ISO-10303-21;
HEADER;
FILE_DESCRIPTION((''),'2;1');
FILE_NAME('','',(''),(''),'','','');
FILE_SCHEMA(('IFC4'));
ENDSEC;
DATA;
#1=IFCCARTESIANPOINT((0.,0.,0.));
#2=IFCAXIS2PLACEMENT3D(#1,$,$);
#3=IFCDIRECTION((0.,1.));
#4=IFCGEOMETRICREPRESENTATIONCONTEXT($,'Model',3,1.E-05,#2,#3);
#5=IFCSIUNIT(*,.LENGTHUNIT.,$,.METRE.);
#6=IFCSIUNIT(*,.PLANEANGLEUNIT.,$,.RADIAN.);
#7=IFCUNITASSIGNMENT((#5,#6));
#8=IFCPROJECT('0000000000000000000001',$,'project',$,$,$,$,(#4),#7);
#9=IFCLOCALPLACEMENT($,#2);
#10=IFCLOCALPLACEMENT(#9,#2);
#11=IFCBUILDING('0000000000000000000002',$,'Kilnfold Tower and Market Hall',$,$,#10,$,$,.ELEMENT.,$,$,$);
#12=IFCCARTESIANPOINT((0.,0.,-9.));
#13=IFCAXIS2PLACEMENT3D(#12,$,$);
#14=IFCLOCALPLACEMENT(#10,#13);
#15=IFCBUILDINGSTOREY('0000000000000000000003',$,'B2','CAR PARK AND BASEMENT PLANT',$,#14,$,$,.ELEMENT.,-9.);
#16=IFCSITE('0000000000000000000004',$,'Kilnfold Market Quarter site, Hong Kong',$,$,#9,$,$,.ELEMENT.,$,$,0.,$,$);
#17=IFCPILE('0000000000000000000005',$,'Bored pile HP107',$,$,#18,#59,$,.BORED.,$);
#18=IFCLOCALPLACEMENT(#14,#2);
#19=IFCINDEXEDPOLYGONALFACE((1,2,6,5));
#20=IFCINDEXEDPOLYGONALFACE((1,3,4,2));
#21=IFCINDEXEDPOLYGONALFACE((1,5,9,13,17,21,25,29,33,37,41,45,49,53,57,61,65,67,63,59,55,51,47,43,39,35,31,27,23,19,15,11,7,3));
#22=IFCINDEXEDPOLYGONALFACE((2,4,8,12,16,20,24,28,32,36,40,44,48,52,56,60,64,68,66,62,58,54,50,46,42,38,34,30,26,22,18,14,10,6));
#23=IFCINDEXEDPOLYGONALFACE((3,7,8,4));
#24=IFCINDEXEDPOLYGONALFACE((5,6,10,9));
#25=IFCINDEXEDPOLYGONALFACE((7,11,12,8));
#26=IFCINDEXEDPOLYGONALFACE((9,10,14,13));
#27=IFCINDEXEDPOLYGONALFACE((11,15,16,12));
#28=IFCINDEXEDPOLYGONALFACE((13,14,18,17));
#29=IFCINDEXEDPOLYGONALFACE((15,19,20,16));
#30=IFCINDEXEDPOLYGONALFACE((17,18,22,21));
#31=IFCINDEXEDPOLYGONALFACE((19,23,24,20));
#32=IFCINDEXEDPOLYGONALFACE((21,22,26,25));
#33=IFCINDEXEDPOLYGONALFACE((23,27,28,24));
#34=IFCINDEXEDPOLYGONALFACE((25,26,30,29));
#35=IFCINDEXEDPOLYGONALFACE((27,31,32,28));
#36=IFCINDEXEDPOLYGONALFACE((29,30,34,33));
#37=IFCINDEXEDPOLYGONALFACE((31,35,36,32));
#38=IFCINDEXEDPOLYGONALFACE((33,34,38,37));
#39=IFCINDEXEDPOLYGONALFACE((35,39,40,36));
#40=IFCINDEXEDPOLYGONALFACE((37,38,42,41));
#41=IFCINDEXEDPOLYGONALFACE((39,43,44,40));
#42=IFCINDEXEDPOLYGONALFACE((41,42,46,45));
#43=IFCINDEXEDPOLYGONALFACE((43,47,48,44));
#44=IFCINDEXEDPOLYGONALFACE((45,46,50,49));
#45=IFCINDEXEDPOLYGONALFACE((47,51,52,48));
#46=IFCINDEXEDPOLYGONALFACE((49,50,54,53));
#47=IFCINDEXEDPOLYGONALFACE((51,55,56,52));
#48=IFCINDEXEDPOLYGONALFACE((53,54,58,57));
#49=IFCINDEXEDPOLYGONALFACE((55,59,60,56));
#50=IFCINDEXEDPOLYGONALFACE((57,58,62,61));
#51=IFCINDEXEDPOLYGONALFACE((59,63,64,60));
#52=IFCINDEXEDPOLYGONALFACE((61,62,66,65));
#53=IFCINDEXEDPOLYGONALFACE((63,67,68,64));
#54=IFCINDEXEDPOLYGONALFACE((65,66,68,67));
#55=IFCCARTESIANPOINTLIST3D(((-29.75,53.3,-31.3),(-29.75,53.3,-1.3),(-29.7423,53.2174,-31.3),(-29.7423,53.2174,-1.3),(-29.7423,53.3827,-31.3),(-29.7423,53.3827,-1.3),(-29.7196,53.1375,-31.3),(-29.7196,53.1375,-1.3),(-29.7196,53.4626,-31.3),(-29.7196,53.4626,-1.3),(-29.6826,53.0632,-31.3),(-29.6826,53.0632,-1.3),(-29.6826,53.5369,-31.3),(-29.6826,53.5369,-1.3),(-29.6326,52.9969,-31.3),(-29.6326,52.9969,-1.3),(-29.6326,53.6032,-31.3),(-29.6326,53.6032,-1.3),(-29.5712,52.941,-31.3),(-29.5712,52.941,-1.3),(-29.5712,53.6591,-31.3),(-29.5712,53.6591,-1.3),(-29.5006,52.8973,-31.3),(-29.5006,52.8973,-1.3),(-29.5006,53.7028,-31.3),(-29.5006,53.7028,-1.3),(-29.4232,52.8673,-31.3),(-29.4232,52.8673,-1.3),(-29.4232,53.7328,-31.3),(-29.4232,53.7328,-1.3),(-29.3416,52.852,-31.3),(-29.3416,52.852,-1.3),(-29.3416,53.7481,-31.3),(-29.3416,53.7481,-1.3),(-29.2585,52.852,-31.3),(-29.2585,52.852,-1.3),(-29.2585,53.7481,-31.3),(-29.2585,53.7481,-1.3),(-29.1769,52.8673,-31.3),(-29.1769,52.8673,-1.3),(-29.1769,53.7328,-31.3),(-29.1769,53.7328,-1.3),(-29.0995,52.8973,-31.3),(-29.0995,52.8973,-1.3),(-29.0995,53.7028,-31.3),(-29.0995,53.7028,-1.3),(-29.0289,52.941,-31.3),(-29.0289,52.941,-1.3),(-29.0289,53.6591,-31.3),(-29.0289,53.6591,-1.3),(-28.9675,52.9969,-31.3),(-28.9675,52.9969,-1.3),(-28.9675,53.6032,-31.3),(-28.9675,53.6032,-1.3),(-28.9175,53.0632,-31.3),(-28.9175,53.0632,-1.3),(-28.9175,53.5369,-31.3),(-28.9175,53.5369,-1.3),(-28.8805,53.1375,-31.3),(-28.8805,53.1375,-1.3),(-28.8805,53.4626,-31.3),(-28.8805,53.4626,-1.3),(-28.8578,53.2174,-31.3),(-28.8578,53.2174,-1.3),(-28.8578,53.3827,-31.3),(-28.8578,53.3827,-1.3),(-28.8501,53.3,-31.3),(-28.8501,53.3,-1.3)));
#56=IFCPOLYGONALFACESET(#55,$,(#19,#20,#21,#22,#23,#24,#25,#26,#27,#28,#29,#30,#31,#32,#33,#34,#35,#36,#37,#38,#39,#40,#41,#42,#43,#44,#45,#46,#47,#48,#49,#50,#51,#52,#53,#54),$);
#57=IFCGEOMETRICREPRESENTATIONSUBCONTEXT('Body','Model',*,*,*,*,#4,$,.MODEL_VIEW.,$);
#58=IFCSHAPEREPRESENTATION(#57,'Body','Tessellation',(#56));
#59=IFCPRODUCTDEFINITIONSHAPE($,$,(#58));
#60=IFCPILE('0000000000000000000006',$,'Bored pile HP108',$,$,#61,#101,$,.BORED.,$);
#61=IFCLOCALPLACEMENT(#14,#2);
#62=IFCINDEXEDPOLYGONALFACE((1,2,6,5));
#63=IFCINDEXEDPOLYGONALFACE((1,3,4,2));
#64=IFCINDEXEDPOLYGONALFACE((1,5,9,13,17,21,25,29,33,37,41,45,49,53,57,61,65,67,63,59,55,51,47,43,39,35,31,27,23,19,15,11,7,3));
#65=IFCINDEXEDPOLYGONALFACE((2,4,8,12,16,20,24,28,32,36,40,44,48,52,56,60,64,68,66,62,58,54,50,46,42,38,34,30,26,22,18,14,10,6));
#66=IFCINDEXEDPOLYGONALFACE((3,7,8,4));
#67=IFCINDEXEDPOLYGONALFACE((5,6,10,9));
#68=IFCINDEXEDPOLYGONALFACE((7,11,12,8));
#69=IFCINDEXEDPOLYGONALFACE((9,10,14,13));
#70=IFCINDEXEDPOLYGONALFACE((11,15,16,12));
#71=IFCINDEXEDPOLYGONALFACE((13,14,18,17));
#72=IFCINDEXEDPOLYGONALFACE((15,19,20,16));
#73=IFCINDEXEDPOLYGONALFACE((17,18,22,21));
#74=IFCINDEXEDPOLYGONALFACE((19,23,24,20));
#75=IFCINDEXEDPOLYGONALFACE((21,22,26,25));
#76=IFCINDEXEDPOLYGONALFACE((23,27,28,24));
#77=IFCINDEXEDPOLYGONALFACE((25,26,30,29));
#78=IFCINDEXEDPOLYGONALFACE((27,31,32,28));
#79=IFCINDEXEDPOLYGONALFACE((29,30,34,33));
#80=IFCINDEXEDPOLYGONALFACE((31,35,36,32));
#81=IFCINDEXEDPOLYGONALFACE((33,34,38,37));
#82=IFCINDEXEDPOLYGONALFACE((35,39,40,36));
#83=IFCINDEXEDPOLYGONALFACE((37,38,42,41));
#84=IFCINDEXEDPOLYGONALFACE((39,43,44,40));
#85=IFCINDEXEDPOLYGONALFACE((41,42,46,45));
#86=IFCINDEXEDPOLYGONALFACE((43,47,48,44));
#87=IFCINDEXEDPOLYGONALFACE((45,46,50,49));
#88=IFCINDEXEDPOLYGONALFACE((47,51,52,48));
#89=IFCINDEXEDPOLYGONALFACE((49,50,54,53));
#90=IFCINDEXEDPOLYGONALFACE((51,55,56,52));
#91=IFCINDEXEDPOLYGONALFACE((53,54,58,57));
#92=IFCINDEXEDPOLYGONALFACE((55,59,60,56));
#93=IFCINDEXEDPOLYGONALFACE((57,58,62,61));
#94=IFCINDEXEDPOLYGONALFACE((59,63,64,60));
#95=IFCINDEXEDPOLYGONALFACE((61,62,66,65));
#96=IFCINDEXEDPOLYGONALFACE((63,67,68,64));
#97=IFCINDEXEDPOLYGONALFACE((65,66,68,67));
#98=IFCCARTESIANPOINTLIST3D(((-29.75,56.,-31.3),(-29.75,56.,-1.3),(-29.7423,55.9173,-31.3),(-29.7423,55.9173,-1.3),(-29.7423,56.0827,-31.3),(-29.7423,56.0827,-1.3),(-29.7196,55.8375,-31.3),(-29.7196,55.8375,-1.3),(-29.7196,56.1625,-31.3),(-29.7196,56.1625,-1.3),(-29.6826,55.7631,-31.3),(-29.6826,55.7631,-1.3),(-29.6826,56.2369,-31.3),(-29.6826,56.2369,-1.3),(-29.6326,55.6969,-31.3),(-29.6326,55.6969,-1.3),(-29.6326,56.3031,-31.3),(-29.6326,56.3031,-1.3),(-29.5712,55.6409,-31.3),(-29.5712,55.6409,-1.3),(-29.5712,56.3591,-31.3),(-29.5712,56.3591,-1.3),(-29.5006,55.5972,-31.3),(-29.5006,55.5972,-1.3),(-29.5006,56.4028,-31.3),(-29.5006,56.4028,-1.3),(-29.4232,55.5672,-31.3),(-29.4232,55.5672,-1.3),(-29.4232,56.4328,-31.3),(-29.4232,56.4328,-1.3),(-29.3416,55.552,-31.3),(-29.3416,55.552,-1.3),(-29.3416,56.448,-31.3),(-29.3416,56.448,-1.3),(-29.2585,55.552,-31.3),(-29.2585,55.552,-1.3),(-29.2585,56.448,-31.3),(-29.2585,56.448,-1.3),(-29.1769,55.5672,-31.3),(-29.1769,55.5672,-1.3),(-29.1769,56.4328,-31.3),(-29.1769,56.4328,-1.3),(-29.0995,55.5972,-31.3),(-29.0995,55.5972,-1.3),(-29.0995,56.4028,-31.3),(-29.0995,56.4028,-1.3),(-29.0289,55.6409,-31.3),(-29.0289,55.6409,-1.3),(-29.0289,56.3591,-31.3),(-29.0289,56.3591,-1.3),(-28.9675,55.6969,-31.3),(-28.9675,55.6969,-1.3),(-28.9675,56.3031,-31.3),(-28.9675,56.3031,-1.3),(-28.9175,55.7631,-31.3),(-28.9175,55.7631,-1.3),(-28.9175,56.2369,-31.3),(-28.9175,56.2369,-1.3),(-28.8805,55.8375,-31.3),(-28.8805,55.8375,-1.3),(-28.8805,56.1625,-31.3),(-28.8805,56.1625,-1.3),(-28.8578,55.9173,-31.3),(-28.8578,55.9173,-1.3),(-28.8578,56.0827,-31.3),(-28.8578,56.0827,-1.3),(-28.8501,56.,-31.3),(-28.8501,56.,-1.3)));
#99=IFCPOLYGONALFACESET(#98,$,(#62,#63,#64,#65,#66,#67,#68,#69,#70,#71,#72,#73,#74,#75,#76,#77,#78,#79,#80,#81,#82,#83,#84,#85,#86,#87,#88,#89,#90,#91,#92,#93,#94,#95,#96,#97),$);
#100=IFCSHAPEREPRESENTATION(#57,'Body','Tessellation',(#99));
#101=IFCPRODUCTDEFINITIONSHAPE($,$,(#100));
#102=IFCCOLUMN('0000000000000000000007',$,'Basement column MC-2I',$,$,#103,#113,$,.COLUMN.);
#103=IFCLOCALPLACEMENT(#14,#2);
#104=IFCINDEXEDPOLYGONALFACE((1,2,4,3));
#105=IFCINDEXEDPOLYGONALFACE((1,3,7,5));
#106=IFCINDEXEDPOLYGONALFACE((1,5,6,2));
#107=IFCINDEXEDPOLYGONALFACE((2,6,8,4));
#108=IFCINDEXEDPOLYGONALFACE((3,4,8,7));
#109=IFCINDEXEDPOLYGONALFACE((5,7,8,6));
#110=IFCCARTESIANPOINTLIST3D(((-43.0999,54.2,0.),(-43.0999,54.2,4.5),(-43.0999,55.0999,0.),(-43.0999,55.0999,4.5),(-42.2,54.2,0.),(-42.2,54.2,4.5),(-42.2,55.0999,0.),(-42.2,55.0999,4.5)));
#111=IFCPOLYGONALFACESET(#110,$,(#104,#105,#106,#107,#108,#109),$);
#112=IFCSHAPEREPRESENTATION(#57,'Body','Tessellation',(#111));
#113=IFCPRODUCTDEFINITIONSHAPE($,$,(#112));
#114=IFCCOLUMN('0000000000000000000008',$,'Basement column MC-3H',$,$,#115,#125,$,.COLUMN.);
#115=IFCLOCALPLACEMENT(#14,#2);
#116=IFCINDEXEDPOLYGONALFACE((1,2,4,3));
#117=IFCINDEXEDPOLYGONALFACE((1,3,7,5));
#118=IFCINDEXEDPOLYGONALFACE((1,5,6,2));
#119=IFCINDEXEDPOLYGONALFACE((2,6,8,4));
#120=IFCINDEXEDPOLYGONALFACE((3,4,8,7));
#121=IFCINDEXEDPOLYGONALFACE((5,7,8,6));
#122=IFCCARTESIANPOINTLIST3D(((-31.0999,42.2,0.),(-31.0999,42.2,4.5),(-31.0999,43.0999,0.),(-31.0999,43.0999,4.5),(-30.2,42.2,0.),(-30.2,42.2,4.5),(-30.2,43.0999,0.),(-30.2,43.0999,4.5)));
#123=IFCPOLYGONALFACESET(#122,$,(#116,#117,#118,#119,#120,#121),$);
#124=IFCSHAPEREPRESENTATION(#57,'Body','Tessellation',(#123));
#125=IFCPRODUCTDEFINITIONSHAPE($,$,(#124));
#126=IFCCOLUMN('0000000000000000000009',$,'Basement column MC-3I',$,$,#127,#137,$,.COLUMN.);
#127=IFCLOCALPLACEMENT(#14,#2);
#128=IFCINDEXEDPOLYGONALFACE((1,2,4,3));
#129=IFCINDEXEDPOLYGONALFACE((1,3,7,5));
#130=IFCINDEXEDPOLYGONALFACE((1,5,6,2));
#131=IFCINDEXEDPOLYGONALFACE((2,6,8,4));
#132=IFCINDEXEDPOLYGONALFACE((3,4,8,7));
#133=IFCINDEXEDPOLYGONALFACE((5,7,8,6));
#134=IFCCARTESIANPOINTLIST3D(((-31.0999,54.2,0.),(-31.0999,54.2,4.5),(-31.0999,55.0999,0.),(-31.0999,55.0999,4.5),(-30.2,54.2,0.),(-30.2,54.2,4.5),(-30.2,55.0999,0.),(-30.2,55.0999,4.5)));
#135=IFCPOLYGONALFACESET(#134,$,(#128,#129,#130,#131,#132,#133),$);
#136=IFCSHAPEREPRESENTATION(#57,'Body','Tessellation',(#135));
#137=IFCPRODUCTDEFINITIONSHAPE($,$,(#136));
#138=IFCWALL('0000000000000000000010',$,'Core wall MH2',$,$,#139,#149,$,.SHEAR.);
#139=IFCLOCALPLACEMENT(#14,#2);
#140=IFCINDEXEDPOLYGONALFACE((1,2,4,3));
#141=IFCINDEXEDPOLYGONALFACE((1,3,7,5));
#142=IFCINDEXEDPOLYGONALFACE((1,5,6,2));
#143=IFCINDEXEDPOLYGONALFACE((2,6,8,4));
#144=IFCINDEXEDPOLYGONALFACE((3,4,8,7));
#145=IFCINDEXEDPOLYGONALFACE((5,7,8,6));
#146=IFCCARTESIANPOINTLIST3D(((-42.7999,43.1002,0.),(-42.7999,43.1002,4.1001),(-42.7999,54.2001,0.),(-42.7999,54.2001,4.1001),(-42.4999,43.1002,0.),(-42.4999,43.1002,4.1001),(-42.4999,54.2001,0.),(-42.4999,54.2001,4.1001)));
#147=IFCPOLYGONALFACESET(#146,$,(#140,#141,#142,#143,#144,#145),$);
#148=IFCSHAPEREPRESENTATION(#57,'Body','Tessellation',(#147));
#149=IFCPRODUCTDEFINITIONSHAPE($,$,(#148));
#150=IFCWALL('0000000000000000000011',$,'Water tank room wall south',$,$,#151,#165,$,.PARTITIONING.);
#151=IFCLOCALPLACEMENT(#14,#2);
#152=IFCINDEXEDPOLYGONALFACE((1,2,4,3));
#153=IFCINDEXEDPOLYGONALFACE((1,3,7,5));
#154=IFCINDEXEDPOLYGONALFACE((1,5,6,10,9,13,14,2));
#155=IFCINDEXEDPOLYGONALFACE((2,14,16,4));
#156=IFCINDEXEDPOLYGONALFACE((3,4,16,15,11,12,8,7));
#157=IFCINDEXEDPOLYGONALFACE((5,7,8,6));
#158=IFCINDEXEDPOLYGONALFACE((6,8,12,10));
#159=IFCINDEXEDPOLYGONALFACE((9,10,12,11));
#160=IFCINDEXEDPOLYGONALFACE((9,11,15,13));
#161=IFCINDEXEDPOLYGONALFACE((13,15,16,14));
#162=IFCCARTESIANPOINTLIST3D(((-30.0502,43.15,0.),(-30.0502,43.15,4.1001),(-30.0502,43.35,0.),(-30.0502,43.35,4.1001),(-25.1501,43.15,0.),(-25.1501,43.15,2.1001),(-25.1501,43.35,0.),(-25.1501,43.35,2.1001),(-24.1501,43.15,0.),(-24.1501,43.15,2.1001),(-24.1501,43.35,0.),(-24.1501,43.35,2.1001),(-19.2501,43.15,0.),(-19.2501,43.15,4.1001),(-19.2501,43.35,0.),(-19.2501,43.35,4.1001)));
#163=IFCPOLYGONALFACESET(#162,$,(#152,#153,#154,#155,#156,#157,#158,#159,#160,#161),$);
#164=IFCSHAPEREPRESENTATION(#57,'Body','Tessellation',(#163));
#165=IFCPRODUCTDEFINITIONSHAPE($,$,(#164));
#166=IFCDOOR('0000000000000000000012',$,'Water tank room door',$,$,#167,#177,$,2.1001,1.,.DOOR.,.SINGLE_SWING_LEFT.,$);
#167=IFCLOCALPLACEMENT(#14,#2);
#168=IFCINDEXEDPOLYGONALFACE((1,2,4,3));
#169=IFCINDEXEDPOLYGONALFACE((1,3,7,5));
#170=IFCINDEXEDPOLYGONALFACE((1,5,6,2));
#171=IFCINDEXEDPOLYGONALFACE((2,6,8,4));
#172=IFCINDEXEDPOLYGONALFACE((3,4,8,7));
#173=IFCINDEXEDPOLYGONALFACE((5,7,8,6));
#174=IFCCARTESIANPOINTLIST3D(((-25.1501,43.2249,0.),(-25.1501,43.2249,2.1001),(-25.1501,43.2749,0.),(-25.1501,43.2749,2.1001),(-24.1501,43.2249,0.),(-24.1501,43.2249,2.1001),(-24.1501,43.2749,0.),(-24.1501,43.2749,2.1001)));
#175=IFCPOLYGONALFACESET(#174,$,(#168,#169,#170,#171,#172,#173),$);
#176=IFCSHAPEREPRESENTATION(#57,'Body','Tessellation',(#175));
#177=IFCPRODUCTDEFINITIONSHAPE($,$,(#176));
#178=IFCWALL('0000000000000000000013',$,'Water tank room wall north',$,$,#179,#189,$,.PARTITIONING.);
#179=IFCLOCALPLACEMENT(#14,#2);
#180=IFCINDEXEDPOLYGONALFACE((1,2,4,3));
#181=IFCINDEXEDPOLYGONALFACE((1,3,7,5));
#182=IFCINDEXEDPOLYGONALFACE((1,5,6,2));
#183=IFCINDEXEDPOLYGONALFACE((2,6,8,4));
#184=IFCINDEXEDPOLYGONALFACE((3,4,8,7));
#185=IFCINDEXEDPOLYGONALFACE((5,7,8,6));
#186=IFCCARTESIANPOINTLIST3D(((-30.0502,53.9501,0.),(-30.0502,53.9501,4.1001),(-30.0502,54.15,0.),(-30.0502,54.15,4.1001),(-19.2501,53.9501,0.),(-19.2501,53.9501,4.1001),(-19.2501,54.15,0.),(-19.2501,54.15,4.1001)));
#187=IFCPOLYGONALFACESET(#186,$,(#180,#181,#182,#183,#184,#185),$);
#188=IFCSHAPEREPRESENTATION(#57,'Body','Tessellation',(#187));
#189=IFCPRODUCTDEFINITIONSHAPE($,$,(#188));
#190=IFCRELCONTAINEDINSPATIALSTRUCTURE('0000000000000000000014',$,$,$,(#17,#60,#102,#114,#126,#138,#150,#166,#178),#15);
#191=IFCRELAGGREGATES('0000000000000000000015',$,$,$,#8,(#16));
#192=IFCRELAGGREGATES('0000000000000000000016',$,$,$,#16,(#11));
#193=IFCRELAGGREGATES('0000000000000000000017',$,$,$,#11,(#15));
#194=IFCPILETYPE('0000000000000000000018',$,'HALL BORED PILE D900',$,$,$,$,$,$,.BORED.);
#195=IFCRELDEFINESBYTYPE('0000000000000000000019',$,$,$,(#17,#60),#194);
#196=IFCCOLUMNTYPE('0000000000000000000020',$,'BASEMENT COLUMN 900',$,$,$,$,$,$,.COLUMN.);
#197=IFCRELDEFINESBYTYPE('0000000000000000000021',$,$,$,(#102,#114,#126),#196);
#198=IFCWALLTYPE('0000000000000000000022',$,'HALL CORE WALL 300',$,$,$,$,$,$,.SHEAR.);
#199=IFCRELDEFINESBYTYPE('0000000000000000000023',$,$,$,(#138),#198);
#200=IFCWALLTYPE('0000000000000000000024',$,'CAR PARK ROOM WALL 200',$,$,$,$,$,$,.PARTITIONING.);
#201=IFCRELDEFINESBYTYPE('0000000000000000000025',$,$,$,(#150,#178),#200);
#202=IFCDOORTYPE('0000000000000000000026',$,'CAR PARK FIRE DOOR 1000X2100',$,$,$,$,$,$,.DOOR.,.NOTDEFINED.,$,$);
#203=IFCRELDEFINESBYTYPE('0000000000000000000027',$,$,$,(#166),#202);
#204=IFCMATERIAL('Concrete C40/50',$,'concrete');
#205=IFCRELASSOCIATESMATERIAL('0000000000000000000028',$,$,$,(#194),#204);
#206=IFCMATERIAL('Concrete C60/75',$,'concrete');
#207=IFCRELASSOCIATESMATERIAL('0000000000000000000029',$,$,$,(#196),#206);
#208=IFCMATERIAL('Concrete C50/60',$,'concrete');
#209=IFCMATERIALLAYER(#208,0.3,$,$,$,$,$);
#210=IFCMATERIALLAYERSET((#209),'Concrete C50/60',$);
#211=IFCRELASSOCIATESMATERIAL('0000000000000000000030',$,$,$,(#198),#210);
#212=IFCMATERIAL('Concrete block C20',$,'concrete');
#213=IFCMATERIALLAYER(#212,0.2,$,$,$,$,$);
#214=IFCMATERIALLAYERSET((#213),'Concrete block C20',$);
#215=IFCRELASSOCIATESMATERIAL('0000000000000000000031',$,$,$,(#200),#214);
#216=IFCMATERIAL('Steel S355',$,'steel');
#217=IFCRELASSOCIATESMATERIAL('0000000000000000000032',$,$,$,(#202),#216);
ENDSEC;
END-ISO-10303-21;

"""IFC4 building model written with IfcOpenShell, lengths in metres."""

from ifc_helpers import new_model, si_unit, direction, frame, frame_2d, origin, origin_2d, place, context, subcontext, project, spatial, rectangle, circle, extrude, source, transform, mapped, material, layer, layer_set, material_profile, profile_set, type_object, element, fill, save


model = new_model("IFC4")

# Units and contexts
model_context = context("Model", 3, precision=1e-05, world=origin(), true_north=direction((0.0, 1.0)))
body_context = subcontext(model_context, "Body", "Model", "MODEL_VIEW")
ifc_project = project(units=[si_unit("LENGTHUNIT", "METRE"), si_unit("PLANEANGLEUNIT", "RADIAN")], contexts=[model_context])

# Site, building, storey
site_placement = place(None, origin())
site = spatial("IfcSite", under=ifc_project, at=site_placement, Name="Kilnfold Market Quarter site, Hong Kong", CompositionType="ELEMENT", RefElevation=0.0)
building_placement = place(site_placement, origin())
building = spatial("IfcBuilding", under=site, at=building_placement, Name="Kilnfold Tower and Market Hall", CompositionType="ELEMENT")
storey_placement = place(building_placement, frame((0.0, 0.0, -9.0)))
storey = spatial("IfcBuildingStorey", under=building, at=storey_placement, Name="B2", Description="CAR PARK AND BASEMENT PLANT", CompositionType="ELEMENT", Elevation=-9.0)

# Piles
ifc_material_1 = material(Name="Concrete C40/50", Category="concrete")
ifc_material_profile_1 = material_profile(ifc_material_1, circle(Radius=0.45, at=origin_2d()), Name="D900")
ifc_profile_set_1 = profile_set([ifc_material_profile_1], Name="Concrete C40/50")
pile_type = type_object("IfcPileType", Name="HALL BORED PILE D900", PredefinedType="BORED", material=ifc_profile_set_1)
shared_shape_1 = source(origin(), body_context, "Body", "SweptSolid", [
    extrude(circle(Radius=0.45, at=origin_2d()), origin(), (0.0, 0.0, 1.0), 30.0),
])
for number, where, z_axis, x_axis, name in (
    (1, (-29.3, 53.3, -1.3), (0.0, 0.0, -1.0), (1.0, 0.0, 0.0), "Bored pile HP107"),
    (2, (-29.3, 56.0, -1.3), (0.0, 0.0, -1.0), (1.0, 0.0, 0.0), "Bored pile HP108"),
):
    element("IfcPile", number, at=place(storey_placement, frame(where, z_axis=z_axis, x_axis=x_axis)), inside=storey, type_object=pile_type, Name=name, PredefinedType="BORED", context=body_context, shape_type="MappedRepresentation", body=[
        mapped(shared_shape_1, transform((0.0, 0.0, 0.0))),
    ])

# Columns
ifc_material_2 = material(Name="Concrete C60/75", Category="concrete")
ifc_material_profile_2 = material_profile(ifc_material_2, rectangle(XDim=0.8999, YDim=0.8999, at=origin_2d()), Name="RC 900x900")
ifc_profile_set_2 = profile_set([ifc_material_profile_2], Name="Concrete C60/75")
column_type = type_object("IfcColumnType", Name="BASEMENT COLUMN 900", PredefinedType="COLUMN", material=ifc_profile_set_2)
shared_shape_2 = source(origin(), body_context, "Body", "SweptSolid", [
    extrude(rectangle(XDim=0.8999, YDim=0.8999, at=origin_2d()), origin(), (0.0, 0.0, 1.0), 4.5),
])
for number, where, z_axis, x_axis, name in (
    (3, (-42.6499, 54.6499, 0.0), (0.0, 0.0, 1.0), (1.0, 0.0, 0.0), "Basement column MC-2I"),
    (4, (-30.6499, 42.6499, 0.0), (0.0, 0.0, 1.0), (1.0, 0.0, 0.0), "Basement column MC-3H"),
    (5, (-30.6499, 54.6499, 0.0), (0.0, 0.0, 1.0), (1.0, 0.0, 0.0), "Basement column MC-3I"),
):
    element("IfcColumn", number, at=place(storey_placement, frame(where, z_axis=z_axis, x_axis=x_axis)), inside=storey, type_object=column_type, Name=name, PredefinedType="COLUMN", context=body_context, shape_type="MappedRepresentation", body=[
        mapped(shared_shape_2, transform((0.0, 0.0, 0.0))),
    ])

# Wall
ifc_material_3 = material(Name="Concrete C50/60", Category="concrete")
ifc_layer_1 = layer(ifc_material_3, 0.3)
ifc_layer_set_1 = layer_set([ifc_layer_1], Name="Concrete C50/60")
wall_type_1 = type_object("IfcWallType", Name="HALL CORE WALL 300", PredefinedType="SHEAR", material=ifc_layer_set_1)
shared_shape_3 = source(origin(), body_context, "Body", "SweptSolid", [
    extrude(rectangle(XDim=11.0999, YDim=0.3, at=frame_2d((5.5498, 0.0))), origin(), (0.0, 0.0, 1.0), 4.1001),
])
wall_1_placement = place(storey_placement, frame((-42.6499, 54.2, 0.0), z_axis=(0.0, 0.0, 1.0), x_axis=(0.0, -1.0, 0.0)))
element("IfcWall", 6, at=wall_1_placement, inside=storey, type_object=wall_type_1, Name="Core wall MH2", PredefinedType="SHEAR", context=body_context, shape_type="MappedRepresentation", body=[
    mapped(shared_shape_3, transform((0.0, 0.0, 0.0))),
])

# Wall, opening, door
ifc_material_4 = material(Name="Concrete block C20", Category="concrete")
ifc_layer_2 = layer(ifc_material_4, 0.2)
ifc_layer_set_2 = layer_set([ifc_layer_2], Name="Concrete block C20")
wall_type_2 = type_object("IfcWallType", Name="CAR PARK ROOM WALL 200", PredefinedType="PARTITIONING", material=ifc_layer_set_2)
shared_shape_4 = source(origin(), body_context, "Body", "SweptSolid", [
    extrude(rectangle(XDim=10.8, YDim=0.2, at=frame_2d((5.3999, 0.0))), origin(), (0.0, 0.0, 1.0), 4.1001),
])
wall_2_placement = place(storey_placement, frame((-30.05, 43.25, 0.0), z_axis=(0.0, 0.0, 1.0), x_axis=(1.0, 0.0, 0.0)))
wall_2 = element("IfcWall", 7, at=wall_2_placement, inside=storey, type_object=wall_type_2, Name="Water tank room wall south", PredefinedType="PARTITIONING", context=body_context, shape_type="MappedRepresentation", body=[
    mapped(shared_shape_4, transform((0.0, 0.0, 0.0))),
])
opening_placement = place(wall_2_placement, frame((4.8999, 0.0, 0.0)))
opening = element("IfcOpeningElement", 8, at=opening_placement, cuts=wall_2, PredefinedType="OPENING", context=body_context, shape_type="SweptSolid", body=[
    extrude(rectangle(XDim=1.0, YDim=2.1001, at=frame_2d((0.5, 1.05))), frame((0.0, 0.1099, 0.0), z_axis=(0.0, -1.0, 0.0), x_axis=(1.0, 0.0, 0.0)), (0.0, 0.0, 1.0), 0.22),
])
ifc_material_5 = material(Name="Steel S355", Category="steel")
door_type = type_object("IfcDoorType", Name="CAR PARK FIRE DOOR 1000X2100", OperationType="NOTDEFINED", PredefinedType="DOOR", material=ifc_material_5)
door_placement = place(opening_placement, origin())
door = element("IfcDoor", 9, at=door_placement, inside=storey, type_object=door_type, Name="Water tank room door", OperationType="SINGLE_SWING_LEFT", OverallHeight=2.1001, OverallWidth=1.0, PredefinedType="DOOR", context=body_context, shape_type="SweptSolid", body=[
    extrude(rectangle(XDim=1.0, YDim=2.1001, at=frame_2d((0.5, 1.05))), frame((0.0, 0.0249, 0.0), z_axis=(0.0, -1.0, 0.0), x_axis=(1.0, 0.0, 0.0)), (0.0, 0.0, 1.0), 0.05),
])
fill(opening, door)

# Wall
wall_3_placement = place(storey_placement, frame((-30.05, 54.05, 0.0), z_axis=(0.0, 0.0, 1.0), x_axis=(1.0, 0.0, 0.0)))
element("IfcWall", 10, at=wall_3_placement, inside=storey, type_object=wall_type_2, Name="Water tank room wall north", PredefinedType="PARTITIONING", context=body_context, shape_type="MappedRepresentation", body=[
    mapped(shared_shape_4, transform((0.0, 0.0, 0.0))),
])

save(model, "model.ifc")
